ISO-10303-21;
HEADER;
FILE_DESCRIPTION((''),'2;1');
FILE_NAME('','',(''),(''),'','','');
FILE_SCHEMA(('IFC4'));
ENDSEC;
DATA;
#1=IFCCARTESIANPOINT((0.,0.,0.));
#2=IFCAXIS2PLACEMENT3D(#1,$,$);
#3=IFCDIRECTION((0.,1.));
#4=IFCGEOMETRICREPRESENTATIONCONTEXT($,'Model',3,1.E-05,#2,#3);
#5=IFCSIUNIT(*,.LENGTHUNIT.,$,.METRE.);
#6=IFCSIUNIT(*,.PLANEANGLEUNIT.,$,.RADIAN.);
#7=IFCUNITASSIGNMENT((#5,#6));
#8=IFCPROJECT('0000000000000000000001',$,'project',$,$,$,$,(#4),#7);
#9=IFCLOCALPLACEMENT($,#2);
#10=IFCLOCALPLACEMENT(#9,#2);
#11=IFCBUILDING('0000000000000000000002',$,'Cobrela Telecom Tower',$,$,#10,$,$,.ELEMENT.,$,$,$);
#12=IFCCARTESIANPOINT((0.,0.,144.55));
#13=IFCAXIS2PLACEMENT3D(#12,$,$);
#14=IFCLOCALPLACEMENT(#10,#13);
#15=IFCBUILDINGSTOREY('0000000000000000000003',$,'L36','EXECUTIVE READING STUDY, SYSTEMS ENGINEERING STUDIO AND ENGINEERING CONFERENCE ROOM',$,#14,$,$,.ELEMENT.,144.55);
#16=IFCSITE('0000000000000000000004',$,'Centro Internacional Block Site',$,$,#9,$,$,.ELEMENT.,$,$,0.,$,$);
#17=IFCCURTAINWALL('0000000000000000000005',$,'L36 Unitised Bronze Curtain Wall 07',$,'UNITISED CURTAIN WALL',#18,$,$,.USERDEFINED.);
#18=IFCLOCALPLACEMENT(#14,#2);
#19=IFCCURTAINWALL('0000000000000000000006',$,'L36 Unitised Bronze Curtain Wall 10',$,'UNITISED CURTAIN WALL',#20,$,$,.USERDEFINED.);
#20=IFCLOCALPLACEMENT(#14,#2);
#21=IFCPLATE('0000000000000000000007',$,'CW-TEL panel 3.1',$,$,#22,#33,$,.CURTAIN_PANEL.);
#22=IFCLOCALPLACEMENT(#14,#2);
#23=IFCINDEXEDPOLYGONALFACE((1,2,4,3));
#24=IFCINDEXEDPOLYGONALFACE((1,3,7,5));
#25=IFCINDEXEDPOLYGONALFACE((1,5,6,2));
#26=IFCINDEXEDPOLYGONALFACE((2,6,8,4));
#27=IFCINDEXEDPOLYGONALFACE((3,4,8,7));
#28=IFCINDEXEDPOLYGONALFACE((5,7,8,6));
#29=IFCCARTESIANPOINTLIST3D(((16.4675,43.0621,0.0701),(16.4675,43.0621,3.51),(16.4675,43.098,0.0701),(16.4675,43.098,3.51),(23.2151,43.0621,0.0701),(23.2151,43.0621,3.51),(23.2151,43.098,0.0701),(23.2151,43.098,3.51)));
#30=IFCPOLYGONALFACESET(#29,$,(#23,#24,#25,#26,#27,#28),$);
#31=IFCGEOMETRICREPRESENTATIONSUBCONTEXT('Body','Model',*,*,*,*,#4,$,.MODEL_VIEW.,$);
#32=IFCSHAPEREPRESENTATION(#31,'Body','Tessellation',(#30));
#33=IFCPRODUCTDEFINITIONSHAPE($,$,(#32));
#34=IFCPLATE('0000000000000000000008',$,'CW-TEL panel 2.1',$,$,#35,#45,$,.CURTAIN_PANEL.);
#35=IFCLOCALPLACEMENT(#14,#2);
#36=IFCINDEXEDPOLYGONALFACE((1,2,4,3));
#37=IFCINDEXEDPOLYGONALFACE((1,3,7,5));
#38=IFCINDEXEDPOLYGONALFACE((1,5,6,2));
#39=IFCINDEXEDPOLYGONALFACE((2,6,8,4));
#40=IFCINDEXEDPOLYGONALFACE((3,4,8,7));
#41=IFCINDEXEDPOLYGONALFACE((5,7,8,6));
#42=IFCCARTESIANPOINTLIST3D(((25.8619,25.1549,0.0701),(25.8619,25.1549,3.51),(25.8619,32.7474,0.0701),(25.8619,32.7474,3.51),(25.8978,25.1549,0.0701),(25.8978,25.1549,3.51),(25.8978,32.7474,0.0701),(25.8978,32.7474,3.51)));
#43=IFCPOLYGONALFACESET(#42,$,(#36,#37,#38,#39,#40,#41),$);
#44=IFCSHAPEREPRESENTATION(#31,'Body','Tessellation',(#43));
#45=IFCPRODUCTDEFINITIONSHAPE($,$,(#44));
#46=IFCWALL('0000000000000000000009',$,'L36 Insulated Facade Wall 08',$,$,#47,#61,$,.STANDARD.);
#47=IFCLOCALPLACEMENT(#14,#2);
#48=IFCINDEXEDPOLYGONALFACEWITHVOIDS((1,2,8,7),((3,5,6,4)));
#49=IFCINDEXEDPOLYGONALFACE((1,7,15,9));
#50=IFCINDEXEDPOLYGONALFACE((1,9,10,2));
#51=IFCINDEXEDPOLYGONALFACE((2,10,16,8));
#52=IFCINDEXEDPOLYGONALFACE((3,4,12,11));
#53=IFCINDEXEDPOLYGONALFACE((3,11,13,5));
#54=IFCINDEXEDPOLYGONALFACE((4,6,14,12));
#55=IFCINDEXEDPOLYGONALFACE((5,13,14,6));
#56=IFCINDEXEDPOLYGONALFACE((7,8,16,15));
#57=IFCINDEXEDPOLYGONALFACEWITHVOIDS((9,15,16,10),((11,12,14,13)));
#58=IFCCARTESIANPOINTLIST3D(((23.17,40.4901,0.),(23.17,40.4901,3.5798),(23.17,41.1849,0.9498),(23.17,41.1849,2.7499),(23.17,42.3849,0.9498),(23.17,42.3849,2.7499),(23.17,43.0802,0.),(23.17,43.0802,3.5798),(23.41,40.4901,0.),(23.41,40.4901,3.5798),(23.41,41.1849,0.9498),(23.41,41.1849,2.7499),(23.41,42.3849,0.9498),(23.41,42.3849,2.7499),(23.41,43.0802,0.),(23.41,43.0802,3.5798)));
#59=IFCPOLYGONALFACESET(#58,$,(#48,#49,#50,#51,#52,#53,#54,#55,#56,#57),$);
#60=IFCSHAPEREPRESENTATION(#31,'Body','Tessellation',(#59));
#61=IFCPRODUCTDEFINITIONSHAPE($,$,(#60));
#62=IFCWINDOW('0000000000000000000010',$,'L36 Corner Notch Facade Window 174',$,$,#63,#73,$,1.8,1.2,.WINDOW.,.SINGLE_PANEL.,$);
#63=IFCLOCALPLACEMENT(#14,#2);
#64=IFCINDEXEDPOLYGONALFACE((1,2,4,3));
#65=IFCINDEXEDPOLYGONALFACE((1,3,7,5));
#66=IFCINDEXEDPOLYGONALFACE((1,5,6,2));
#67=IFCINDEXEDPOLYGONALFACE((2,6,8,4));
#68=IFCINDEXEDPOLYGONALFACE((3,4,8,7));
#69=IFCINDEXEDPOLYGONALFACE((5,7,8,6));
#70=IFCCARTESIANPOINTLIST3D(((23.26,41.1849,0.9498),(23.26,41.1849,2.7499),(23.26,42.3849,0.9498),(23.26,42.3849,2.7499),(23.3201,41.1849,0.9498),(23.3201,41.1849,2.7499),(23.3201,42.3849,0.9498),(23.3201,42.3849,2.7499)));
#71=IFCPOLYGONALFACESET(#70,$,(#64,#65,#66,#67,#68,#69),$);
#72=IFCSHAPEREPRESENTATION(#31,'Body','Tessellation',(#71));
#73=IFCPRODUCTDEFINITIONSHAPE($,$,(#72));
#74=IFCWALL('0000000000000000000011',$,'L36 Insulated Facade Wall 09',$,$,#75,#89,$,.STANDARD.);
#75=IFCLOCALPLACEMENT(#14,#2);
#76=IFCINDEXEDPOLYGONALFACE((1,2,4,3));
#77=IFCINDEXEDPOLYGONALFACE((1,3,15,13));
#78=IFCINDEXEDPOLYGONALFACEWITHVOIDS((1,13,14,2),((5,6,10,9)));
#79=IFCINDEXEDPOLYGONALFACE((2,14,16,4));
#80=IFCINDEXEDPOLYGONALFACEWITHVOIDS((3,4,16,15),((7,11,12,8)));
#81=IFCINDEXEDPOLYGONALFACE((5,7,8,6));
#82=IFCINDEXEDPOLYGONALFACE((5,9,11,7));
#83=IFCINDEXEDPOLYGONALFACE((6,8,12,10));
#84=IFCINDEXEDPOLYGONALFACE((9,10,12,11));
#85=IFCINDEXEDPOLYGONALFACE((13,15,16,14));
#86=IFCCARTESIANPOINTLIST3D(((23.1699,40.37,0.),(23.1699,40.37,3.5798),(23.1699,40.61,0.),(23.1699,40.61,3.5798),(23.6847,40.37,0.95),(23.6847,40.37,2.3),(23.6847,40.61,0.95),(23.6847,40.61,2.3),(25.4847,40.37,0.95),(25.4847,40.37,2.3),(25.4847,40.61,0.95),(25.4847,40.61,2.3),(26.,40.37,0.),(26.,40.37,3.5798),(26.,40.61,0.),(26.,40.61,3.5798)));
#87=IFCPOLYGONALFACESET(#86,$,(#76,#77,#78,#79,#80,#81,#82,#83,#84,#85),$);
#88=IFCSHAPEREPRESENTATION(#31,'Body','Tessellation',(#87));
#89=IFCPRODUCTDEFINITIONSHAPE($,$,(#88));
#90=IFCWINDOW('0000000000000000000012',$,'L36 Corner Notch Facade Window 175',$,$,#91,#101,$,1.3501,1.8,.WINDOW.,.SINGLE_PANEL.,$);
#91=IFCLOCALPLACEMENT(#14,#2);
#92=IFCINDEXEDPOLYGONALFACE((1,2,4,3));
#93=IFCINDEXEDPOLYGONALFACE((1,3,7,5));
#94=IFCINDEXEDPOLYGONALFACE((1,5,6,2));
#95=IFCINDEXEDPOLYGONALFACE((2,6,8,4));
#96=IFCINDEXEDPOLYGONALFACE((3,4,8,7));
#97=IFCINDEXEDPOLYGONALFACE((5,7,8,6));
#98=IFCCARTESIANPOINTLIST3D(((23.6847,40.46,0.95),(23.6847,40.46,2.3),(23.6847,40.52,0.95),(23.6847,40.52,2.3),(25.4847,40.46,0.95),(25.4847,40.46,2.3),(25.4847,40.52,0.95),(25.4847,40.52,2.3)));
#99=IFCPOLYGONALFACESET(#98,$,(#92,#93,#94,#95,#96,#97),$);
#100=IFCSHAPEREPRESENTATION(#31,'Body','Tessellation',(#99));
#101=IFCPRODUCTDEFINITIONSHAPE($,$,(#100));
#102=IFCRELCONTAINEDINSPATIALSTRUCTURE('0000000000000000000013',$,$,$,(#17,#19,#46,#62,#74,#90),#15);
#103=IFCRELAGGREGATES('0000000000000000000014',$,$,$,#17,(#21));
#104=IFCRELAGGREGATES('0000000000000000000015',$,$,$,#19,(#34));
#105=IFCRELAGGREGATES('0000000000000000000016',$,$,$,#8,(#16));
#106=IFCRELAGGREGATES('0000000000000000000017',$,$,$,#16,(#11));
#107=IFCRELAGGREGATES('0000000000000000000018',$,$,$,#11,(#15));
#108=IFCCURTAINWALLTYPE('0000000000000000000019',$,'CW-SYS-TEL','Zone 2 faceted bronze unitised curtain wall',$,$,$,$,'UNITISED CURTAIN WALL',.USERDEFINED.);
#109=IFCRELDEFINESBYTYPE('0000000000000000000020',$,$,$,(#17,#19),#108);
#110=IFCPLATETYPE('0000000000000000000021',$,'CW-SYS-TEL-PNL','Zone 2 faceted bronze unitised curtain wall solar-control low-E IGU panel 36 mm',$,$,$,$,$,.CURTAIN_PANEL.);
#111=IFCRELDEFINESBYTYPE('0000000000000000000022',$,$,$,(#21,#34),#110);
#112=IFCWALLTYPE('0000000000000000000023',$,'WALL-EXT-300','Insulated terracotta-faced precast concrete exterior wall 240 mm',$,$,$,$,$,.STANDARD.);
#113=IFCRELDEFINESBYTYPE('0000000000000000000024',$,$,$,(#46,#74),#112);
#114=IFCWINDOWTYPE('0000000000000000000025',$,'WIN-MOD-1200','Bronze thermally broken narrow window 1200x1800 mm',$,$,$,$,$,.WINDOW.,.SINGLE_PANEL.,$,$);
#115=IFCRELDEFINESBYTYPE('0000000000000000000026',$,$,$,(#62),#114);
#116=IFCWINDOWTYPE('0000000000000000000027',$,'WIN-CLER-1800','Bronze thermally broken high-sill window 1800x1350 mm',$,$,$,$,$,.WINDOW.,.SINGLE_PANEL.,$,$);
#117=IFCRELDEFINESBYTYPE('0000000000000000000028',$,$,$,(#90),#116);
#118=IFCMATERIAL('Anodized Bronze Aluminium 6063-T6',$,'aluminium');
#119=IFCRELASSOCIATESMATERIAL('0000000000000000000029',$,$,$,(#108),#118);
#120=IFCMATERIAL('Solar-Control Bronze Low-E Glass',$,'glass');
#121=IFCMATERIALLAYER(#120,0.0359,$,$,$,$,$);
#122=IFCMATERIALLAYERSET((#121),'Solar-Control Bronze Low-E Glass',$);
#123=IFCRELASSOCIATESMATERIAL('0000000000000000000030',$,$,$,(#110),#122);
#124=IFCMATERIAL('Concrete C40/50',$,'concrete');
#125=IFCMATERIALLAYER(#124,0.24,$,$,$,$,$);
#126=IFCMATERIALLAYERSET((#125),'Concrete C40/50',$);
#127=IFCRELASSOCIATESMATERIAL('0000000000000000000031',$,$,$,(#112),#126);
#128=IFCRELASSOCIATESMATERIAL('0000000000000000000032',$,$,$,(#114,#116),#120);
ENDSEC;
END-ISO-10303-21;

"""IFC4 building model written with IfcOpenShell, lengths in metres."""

from ifc_helpers import new_model, si_unit, direction, frame, frame_2d, origin, origin_2d, place, context, subcontext, project, spatial, rectangle, extrude, material, layer, layer_set, type_object, element, fill, aggregate, save


model = new_model("IFC4")

# Units and contexts
model_context = context("Model", 3, precision=1e-05, world=origin(), true_north=direction((0.0, 1.0)))
body_context = subcontext(model_context, "Body", "Model", "MODEL_VIEW")
ifc_project = project(units=[si_unit("LENGTHUNIT", "METRE"), si_unit("PLANEANGLEUNIT", "RADIAN")], contexts=[model_context])

# Site, building, storey
site_placement = place(None, origin())
site = spatial("IfcSite", under=ifc_project, at=site_placement, Name="Centro Internacional Block Site", CompositionType="ELEMENT", RefElevation=0.0)
building_placement = place(site_placement, origin())
building = spatial("IfcBuilding", under=site, at=building_placement, Name="Cobrela Telecom Tower", CompositionType="ELEMENT")
storey_placement = place(building_placement, frame((0.0, 0.0, 144.55)))
storey = spatial("IfcBuildingStorey", under=building, at=storey_placement, Name="L36", Description="EXECUTIVE READING STUDY, SYSTEMS ENGINEERING STUDIO AND ENGINEERING CONFERENCE ROOM", CompositionType="ELEMENT", Elevation=144.55)

# Curtain walls
ifc_material_1 = material(Name="Anodized Bronze Aluminium 6063-T6", Category="aluminium")
curtain_wall_type = type_object("IfcCurtainWallType", Name="CW-SYS-TEL", Description="Zone 2 faceted bronze unitised curtain wall", ElementType="UNITISED CURTAIN WALL", PredefinedType="USERDEFINED", material=ifc_material_1)
curtain_wall_1_placement = place(storey_placement, origin())
curtain_wall_1 = element("IfcCurtainWall", 1, at=curtain_wall_1_placement, inside=storey, type_object=curtain_wall_type, Name="L36 Unitised Bronze Curtain Wall 07", ObjectType="UNITISED CURTAIN WALL", PredefinedType="USERDEFINED")
curtain_wall_2_placement = place(storey_placement, origin())
curtain_wall_2 = element("IfcCurtainWall", 2, at=curtain_wall_2_placement, inside=storey, type_object=curtain_wall_type, Name="L36 Unitised Bronze Curtain Wall 10", ObjectType="UNITISED CURTAIN WALL", PredefinedType="USERDEFINED")

# Plates
ifc_material_2 = material(Name="Solar-Control Bronze Low-E Glass", Category="glass")
ifc_layer_1 = layer(ifc_material_2, 0.0359)
ifc_layer_set_1 = layer_set([ifc_layer_1], Name="Solar-Control Bronze Low-E Glass")
plate_type = type_object("IfcPlateType", Name="CW-SYS-TEL-PNL", Description="Zone 2 faceted bronze unitised curtain wall solar-control low-E IGU panel 36 mm", PredefinedType="CURTAIN_PANEL", material=ifc_layer_set_1)
plate_1_placement = place(storey_placement, frame((19.8413, 43.0801, 0.0701), z_axis=(0.0, 0.0, 1.0), x_axis=(1.0, 0.0, 0.0)))
plate_1 = element("IfcPlate", 3, at=plate_1_placement, type_object=plate_type, Name="CW-TEL panel 3.1", PredefinedType="CURTAIN_PANEL", context=body_context, shape_type="SweptSolid", body=[
    extrude(rectangle(XDim=6.7476, YDim=0.0359, at=origin_2d()), origin(), (0.0, 0.0, 1.0), 3.4399),
])
aggregate(curtain_wall_1, [plate_1])
plate_2_placement = place(storey_placement, frame((25.8799, 28.9512, 0.0701), z_axis=(0.0, 0.0, 1.0), x_axis=(0.0, -1.0, 0.0)))
plate_2 = element("IfcPlate", 4, at=plate_2_placement, type_object=plate_type, Name="CW-TEL panel 2.1", PredefinedType="CURTAIN_PANEL", context=body_context, shape_type="SweptSolid", body=[
    extrude(rectangle(XDim=7.5925, YDim=0.0359, at=origin_2d()), origin(), (0.0, 0.0, 1.0), 3.4399),
])
aggregate(curtain_wall_2, [plate_2])

# Walls, openings, windows
ifc_material_3 = material(Name="Concrete C40/50", Category="concrete")
ifc_layer_2 = layer(ifc_material_3, 0.24)
ifc_layer_set_2 = layer_set([ifc_layer_2], Name="Concrete C40/50")
wall_type = type_object("IfcWallType", Name="WALL-EXT-300", Description="Insulated terracotta-faced precast concrete exterior wall 240 mm", PredefinedType="STANDARD", material=ifc_layer_set_2)
wall_1_placement = place(storey_placement, frame((23.29, 43.0801, 0.0), z_axis=(0.0, 0.0, 1.0), x_axis=(0.0, -1.0, 0.0)))
wall_1 = element("IfcWall", 5, at=wall_1_placement, inside=storey, type_object=wall_type, Name="L36 Insulated Facade Wall 08", PredefinedType="STANDARD", context=body_context, shape_type="SweptSolid", body=[
    extrude(rectangle(XDim=2.5901, YDim=0.24, at=frame_2d((1.2949, 0.0))), origin(), (0.0, 0.0, 1.0), 3.5798),
])
opening_1_placement = place(wall_1_placement, frame((0.6951, 0.0, 0.95)))
opening_1 = element("IfcOpeningElement", 6, at=opening_1_placement, cuts=wall_1, PredefinedType="OPENING", context=body_context, shape_type="SweptSolid", body=[
    extrude(rectangle(XDim=1.2, YDim=1.8, at=frame_2d((0.6001, 0.8999))), frame((0.0, 0.1318, 0.0), z_axis=(0.0, -1.0, 0.0), x_axis=(1.0, 0.0, 0.0)), (0.0, 0.0, 1.0), 0.2639),
])
window_type_1 = type_object("IfcWindowType", Name="WIN-MOD-1200", Description="Bronze thermally broken narrow window 1200x1800 mm", PartitioningType="SINGLE_PANEL", PredefinedType="WINDOW", material=ifc_material_2)
window_1_placement = place(opening_1_placement, origin())
window_1 = element("IfcWindow", 7, at=window_1_placement, inside=storey, type_object=window_type_1, Name="L36 Corner Notch Facade Window 174", OverallHeight=1.8, OverallWidth=1.2, PartitioningType="SINGLE_PANEL", PredefinedType="WINDOW", context=body_context, shape_type="SweptSolid", body=[
    extrude(rectangle(XDim=1.2, YDim=1.8, at=frame_2d((0.6001, 0.8999))), frame((0.0, 0.03, 0.0), z_axis=(0.0, -1.0, 0.0), x_axis=(1.0, 0.0, 0.0)), (0.0, 0.0, 1.0), 0.0601),
])
fill(opening_1, window_1)
wall_2_placement = place(storey_placement, frame((23.1699, 40.49, 0.0), z_axis=(0.0, 0.0, 1.0), x_axis=(1.0, 0.0, 0.0)))
wall_2 = element("IfcWall", 8, at=wall_2_placement, inside=storey, type_object=wall_type, Name="L36 Insulated Facade Wall 09", PredefinedType="STANDARD", context=body_context, shape_type="SweptSolid", body=[
    extrude(rectangle(XDim=2.8301, YDim=0.24, at=frame_2d((1.415, 0.0))), origin(), (0.0, 0.0, 1.0), 3.5798),
])
opening_2_placement = place(wall_2_placement, frame((0.5149, 0.0, 0.95)))
opening_2 = element("IfcOpeningElement", 9, at=opening_2_placement, cuts=wall_2, PredefinedType="OPENING", context=body_context, shape_type="SweptSolid", body=[
    extrude(rectangle(XDim=1.8, YDim=1.3501, at=frame_2d((0.8999, 0.675))), frame((0.0, 0.1318, 0.0), z_axis=(0.0, -1.0, 0.0), x_axis=(1.0, 0.0, 0.0)), (0.0, 0.0, 1.0), 0.2639),
])
window_type_2 = type_object("IfcWindowType", Name="WIN-CLER-1800", Description="Bronze thermally broken high-sill window 1800x1350 mm", PartitioningType="SINGLE_PANEL", PredefinedType="WINDOW", material=ifc_material_2)
window_2_placement = place(opening_2_placement, origin())
window_2 = element("IfcWindow", 10, at=window_2_placement, inside=storey, type_object=window_type_2, Name="L36 Corner Notch Facade Window 175", OverallHeight=1.3501, OverallWidth=1.8, PartitioningType="SINGLE_PANEL", PredefinedType="WINDOW", context=body_context, shape_type="SweptSolid", body=[
    extrude(rectangle(XDim=1.8, YDim=1.3501, at=frame_2d((0.8999, 0.675))), frame((0.0, 0.03, 0.0), z_axis=(0.0, -1.0, 0.0), x_axis=(1.0, 0.0, 0.0)), (0.0, 0.0, 1.0), 0.0601),
])
fill(opening_2, window_2)

save(model, "model.ifc")
